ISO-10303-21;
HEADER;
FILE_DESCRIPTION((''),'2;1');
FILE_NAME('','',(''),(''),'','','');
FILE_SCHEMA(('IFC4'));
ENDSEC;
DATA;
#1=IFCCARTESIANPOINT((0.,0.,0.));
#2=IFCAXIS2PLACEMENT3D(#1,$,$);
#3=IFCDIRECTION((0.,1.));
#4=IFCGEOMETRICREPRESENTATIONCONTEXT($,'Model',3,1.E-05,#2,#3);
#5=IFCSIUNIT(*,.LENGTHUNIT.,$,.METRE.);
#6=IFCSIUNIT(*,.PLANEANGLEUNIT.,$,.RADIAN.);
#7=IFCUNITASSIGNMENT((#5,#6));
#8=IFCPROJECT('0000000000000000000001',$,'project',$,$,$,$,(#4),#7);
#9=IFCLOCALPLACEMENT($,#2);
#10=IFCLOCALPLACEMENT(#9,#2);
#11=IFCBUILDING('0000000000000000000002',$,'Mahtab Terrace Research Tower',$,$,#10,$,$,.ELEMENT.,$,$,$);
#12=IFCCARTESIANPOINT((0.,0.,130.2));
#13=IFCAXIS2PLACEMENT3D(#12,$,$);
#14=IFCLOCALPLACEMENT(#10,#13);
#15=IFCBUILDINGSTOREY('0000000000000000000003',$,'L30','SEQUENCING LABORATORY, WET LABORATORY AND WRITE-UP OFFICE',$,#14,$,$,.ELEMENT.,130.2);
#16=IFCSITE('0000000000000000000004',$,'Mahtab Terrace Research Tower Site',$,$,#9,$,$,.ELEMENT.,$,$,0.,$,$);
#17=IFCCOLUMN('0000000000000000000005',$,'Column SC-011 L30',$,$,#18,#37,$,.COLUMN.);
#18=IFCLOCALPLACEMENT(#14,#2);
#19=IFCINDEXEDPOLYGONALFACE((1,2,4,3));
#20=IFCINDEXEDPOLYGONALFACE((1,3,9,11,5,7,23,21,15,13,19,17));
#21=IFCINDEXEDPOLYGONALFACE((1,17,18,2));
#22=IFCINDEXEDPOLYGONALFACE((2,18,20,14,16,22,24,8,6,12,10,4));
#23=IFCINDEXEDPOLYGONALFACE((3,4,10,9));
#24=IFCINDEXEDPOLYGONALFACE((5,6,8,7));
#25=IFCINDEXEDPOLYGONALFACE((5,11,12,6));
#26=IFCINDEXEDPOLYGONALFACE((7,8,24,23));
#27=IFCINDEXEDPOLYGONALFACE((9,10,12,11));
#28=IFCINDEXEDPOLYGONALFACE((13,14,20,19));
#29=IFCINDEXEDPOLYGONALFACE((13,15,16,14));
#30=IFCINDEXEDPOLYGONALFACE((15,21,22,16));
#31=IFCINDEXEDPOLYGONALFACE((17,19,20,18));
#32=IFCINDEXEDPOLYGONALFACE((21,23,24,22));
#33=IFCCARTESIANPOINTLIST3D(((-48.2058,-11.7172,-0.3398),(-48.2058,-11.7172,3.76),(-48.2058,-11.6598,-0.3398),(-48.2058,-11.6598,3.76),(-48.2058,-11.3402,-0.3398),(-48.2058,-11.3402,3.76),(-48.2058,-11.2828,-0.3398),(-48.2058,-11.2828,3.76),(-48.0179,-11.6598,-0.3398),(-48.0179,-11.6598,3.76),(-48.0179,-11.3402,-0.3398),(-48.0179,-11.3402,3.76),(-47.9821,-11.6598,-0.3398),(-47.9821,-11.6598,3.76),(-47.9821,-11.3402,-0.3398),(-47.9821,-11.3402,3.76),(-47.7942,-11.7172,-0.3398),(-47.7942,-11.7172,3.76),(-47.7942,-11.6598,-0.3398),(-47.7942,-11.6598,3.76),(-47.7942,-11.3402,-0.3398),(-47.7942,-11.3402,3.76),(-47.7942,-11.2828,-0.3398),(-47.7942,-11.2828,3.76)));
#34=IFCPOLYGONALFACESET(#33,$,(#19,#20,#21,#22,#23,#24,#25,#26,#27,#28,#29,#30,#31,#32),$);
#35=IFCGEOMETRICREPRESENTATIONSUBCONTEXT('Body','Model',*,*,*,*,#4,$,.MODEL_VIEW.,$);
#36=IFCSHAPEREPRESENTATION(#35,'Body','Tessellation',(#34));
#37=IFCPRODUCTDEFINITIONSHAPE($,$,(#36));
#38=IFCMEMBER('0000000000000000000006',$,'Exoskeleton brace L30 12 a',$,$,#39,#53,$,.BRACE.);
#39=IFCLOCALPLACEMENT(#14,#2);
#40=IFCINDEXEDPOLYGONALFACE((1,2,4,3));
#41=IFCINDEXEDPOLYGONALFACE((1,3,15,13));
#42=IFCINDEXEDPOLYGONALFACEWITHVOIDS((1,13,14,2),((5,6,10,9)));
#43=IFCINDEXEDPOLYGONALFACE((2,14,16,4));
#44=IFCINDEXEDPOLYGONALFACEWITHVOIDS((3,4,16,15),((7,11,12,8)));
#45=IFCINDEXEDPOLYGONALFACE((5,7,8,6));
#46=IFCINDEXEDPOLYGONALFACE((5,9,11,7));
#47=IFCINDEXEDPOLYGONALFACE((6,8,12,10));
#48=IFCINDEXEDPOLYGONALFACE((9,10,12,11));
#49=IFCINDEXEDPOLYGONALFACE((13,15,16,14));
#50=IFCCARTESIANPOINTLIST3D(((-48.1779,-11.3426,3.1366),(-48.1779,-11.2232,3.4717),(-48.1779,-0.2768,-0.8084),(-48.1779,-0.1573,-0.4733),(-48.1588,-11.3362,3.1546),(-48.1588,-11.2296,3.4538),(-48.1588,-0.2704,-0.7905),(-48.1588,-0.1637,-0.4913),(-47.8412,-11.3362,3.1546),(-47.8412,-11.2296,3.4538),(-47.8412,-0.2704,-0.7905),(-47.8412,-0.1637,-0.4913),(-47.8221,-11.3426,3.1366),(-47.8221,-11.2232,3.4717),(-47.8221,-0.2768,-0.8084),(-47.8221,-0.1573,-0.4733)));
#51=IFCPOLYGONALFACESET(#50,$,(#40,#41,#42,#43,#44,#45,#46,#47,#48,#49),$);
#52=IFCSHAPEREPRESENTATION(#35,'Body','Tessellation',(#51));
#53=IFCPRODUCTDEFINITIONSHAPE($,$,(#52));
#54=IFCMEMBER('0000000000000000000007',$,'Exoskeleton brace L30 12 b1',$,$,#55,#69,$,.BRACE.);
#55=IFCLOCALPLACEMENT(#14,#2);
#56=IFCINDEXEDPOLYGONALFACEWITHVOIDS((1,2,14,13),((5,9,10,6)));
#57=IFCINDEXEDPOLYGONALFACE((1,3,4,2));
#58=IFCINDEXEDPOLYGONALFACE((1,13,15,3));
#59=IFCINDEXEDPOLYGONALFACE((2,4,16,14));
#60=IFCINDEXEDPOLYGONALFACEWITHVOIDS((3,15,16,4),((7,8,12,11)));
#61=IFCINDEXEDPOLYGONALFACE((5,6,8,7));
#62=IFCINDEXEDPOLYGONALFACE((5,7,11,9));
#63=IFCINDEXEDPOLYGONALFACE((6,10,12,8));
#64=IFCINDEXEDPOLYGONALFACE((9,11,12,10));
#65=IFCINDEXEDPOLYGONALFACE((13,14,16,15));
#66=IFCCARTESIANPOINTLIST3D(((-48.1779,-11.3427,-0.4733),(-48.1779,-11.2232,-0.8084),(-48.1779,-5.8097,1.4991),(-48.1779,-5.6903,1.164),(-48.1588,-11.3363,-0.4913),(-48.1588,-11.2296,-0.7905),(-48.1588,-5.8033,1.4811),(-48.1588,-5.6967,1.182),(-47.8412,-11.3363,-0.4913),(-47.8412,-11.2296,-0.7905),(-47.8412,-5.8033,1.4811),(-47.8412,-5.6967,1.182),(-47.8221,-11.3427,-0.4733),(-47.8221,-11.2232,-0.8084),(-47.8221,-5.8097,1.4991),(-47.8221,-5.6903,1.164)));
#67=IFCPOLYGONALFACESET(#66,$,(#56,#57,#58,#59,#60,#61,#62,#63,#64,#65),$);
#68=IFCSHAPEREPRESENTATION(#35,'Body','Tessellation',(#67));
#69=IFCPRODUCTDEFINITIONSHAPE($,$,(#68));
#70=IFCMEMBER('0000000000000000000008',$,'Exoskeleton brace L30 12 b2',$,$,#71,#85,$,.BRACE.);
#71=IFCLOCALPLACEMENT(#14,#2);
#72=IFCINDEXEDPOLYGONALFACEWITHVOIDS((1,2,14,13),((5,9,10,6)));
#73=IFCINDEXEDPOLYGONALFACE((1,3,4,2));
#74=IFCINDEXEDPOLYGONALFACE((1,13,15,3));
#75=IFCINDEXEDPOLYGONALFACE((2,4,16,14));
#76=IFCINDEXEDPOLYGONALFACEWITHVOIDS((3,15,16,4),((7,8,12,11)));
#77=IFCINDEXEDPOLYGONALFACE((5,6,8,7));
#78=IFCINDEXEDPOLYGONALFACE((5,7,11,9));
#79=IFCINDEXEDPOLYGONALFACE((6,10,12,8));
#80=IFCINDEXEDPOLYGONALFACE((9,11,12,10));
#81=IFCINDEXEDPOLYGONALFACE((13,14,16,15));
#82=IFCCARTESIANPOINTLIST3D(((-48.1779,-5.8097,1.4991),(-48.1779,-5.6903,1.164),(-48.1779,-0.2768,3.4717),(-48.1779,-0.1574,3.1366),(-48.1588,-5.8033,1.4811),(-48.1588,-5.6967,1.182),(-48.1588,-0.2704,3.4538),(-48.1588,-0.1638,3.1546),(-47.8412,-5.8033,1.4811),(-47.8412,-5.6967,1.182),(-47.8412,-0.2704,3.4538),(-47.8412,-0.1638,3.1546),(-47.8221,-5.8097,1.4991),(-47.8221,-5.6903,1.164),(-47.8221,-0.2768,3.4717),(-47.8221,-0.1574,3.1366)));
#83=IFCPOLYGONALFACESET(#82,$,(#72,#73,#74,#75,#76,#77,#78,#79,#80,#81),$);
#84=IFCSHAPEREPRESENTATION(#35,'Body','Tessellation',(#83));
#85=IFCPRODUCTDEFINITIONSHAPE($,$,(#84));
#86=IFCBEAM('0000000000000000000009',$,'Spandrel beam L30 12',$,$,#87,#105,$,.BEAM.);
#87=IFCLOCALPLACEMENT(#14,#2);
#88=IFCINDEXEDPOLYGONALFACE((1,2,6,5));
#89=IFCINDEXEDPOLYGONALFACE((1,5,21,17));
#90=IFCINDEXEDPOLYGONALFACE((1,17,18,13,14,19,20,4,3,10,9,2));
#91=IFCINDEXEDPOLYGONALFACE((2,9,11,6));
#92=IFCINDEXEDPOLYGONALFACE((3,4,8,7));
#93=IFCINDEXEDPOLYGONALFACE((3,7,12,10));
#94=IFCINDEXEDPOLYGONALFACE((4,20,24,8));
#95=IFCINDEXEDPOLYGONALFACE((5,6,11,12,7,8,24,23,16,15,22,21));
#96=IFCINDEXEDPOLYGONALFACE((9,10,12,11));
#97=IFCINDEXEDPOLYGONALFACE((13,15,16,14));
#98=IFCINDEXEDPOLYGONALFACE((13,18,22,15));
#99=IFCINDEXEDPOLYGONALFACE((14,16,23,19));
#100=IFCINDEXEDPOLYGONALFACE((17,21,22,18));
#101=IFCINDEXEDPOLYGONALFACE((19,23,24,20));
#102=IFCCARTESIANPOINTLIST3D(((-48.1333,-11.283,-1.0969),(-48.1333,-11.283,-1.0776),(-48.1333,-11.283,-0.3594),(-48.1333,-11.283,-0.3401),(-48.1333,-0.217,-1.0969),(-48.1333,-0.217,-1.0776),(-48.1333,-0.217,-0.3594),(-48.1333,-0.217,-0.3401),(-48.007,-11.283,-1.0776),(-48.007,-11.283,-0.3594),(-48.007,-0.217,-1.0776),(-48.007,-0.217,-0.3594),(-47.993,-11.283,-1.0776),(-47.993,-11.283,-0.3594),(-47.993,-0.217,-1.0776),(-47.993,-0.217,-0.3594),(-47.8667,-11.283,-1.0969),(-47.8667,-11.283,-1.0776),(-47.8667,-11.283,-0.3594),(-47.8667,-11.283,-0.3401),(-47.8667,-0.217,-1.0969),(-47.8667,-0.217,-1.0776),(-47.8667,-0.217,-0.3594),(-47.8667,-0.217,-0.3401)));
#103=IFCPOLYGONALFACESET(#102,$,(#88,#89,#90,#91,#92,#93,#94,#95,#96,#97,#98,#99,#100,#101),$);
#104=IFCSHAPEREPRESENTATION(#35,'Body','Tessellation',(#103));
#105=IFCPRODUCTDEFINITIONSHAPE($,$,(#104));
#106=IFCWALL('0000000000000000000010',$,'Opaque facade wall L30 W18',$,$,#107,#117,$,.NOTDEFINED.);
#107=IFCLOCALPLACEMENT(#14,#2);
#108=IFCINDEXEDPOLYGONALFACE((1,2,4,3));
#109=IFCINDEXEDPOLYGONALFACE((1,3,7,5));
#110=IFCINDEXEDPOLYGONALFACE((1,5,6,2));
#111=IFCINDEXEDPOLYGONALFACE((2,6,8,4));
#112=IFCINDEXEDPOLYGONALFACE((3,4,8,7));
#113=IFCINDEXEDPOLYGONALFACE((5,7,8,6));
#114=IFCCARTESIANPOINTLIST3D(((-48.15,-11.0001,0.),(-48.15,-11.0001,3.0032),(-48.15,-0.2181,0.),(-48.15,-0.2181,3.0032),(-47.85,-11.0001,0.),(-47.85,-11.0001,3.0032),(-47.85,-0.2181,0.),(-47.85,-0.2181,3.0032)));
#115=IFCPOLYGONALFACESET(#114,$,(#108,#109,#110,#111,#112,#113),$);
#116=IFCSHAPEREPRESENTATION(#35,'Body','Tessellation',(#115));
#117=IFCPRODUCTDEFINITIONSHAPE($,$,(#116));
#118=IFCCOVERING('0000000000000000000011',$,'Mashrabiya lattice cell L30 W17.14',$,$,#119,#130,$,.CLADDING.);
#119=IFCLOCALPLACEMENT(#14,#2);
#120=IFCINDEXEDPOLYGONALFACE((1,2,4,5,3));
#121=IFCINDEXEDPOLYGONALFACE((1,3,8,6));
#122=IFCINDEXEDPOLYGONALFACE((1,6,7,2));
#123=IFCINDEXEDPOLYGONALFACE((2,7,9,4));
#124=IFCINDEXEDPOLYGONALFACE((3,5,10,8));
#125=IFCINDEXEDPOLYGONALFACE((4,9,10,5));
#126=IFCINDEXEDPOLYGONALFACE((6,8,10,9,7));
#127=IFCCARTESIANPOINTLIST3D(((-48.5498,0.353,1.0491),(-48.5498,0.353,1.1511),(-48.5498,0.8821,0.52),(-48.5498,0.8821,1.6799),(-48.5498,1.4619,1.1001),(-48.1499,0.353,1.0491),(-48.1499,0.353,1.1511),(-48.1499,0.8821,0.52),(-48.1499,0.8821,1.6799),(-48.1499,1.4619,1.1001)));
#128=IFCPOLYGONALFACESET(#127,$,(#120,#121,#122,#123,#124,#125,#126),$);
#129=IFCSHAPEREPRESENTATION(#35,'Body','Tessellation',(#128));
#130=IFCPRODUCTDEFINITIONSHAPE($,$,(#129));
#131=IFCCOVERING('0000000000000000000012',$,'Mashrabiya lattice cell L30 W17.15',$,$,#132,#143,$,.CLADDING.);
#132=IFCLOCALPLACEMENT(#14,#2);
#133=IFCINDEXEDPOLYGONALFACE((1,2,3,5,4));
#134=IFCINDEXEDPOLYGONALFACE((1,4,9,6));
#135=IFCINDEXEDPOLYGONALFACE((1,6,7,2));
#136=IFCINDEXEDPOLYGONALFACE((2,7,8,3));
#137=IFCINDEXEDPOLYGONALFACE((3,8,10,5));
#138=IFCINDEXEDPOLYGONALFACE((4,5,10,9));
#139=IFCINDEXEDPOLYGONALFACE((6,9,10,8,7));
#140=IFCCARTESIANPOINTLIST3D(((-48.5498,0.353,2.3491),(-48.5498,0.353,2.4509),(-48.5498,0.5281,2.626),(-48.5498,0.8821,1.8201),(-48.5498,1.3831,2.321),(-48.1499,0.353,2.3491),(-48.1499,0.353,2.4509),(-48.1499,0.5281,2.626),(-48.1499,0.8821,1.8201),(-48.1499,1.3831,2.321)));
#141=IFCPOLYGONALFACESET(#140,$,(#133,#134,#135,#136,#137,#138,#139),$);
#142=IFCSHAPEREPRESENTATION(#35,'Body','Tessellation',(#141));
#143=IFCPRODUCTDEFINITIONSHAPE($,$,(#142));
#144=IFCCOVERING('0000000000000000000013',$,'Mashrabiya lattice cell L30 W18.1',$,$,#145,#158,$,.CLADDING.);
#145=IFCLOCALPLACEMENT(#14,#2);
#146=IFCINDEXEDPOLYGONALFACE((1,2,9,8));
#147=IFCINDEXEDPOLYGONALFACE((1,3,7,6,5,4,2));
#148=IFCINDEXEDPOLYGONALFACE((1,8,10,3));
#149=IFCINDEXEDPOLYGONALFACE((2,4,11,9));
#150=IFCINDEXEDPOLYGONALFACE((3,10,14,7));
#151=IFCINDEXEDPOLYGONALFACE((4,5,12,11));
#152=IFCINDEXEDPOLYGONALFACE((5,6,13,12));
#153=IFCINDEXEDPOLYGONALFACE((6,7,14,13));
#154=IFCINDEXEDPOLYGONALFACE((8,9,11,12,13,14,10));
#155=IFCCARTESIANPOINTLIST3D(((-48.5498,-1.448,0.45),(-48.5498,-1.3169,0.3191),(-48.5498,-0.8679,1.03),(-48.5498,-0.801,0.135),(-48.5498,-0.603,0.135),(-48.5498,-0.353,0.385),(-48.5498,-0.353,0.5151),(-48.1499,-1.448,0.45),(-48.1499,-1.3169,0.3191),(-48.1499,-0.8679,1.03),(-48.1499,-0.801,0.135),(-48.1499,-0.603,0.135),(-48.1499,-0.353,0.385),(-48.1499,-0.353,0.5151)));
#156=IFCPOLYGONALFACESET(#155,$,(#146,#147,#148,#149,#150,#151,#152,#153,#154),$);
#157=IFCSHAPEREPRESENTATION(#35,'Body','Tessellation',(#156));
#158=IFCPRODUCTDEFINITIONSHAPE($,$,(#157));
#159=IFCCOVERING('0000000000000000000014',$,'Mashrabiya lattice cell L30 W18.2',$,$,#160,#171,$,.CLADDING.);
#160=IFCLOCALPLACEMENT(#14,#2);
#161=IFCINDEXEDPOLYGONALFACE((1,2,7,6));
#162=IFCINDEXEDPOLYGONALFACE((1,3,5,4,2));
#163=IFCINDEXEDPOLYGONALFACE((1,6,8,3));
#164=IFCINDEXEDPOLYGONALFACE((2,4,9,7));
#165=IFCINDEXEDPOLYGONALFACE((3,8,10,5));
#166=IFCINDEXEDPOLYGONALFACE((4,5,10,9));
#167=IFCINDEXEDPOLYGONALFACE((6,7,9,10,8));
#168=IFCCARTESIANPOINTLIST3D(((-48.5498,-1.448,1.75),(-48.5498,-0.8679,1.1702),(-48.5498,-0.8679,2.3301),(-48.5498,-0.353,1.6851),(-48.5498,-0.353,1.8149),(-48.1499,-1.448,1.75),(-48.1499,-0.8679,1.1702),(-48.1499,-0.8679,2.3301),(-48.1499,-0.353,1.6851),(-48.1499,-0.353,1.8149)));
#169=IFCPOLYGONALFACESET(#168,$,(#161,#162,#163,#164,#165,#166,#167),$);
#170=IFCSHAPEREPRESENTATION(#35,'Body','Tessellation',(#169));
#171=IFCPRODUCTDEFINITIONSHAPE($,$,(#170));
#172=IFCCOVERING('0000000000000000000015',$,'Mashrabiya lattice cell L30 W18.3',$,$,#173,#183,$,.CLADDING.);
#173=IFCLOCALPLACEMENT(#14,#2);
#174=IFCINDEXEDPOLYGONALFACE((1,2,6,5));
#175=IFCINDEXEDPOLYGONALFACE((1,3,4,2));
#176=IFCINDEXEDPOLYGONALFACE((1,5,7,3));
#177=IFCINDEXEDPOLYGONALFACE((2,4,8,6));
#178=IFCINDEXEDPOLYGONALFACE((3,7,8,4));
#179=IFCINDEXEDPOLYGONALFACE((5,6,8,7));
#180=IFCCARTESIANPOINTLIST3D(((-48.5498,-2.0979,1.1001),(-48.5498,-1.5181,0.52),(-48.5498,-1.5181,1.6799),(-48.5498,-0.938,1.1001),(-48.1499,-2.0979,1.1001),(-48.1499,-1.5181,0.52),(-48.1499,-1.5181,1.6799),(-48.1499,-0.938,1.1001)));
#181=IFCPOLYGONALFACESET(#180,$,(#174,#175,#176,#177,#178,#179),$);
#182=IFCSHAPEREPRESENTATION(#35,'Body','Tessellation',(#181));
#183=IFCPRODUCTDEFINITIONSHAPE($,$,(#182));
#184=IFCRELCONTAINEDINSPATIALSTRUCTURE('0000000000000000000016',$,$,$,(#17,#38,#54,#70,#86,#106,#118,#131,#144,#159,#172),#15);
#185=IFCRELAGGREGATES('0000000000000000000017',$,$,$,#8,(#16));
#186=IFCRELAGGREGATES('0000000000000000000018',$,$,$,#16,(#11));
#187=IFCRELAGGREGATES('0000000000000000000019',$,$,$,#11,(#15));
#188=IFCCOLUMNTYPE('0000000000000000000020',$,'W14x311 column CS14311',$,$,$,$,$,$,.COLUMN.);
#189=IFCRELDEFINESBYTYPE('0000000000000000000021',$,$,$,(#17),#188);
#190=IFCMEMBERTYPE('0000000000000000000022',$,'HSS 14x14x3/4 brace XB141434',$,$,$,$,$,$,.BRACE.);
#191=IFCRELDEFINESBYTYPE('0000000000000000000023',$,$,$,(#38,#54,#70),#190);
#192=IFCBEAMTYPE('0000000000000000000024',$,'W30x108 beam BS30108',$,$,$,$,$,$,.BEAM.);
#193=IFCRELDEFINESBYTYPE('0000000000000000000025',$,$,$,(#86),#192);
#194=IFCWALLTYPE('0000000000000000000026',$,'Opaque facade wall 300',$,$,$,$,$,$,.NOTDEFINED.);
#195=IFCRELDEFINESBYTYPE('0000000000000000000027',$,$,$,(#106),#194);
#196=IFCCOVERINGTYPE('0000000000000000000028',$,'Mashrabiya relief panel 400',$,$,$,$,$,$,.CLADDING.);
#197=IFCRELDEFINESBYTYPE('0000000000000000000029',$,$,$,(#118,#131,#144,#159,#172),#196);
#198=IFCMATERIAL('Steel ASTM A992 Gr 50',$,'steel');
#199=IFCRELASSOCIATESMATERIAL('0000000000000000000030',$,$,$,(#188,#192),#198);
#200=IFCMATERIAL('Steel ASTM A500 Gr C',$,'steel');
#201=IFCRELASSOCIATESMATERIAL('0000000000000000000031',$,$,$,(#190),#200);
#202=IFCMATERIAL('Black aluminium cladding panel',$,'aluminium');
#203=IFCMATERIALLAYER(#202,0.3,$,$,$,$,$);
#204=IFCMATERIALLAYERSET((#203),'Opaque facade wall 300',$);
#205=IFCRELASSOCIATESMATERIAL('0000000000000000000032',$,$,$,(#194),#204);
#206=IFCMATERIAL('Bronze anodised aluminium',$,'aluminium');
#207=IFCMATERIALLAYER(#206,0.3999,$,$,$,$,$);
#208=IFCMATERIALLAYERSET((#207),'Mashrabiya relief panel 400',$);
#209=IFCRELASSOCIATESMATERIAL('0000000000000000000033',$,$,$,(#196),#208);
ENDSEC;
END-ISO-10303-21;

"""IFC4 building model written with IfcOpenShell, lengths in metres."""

from ifc_helpers import new_model, si_unit, direction, frame, frame_2d, origin, origin_2d, place, context, subcontext, project, spatial, polyline, rectangle, hollow_rectangle, i_section, outline, extrude, material, layer, layer_set, material_profile, profile_set, type_object, element, save


model = new_model("IFC4")

# Units and contexts
model_context = context("Model", 3, precision=1e-05, world=origin(), true_north=direction((0.0, 1.0)))
body_context = subcontext(model_context, "Body", "Model", "MODEL_VIEW")
ifc_project = project(units=[si_unit("LENGTHUNIT", "METRE"), si_unit("PLANEANGLEUNIT", "RADIAN")], contexts=[model_context])

# Site, building, storey
site_placement = place(None, origin())
site = spatial("IfcSite", under=ifc_project, at=site_placement, Name="Mahtab Terrace Research Tower Site", CompositionType="ELEMENT", RefElevation=0.0)
building_placement = place(site_placement, origin())
building = spatial("IfcBuilding", under=site, at=building_placement, Name="Mahtab Terrace Research Tower", CompositionType="ELEMENT")
storey_placement = place(building_placement, frame((0.0, 0.0, 130.2)))
storey = spatial("IfcBuildingStorey", under=building, at=storey_placement, Name="L30", Description="SEQUENCING LABORATORY, WET LABORATORY AND WRITE-UP OFFICE", CompositionType="ELEMENT", Elevation=130.2)

# Column
ifc_material_1 = material(Name="Steel ASTM A992 Gr 50", Category="steel")
ifc_material_profile_1 = material_profile(ifc_material_1, i_section(OverallWidth=0.4116, OverallDepth=0.4343, WebThickness=0.0359, FlangeThickness=0.0574, at=origin_2d()), Name="W14X311")
ifc_profile_set_1 = profile_set([ifc_material_profile_1], Name="Steel ASTM A992 Gr 50")
column_type = type_object("IfcColumnType", Name="W14x311 column CS14311", PredefinedType="COLUMN", material=ifc_profile_set_1)
column_placement = place(storey_placement, frame((-48.0, -11.5, -0.3398), z_axis=(0.0, 0.0, 1.0), x_axis=(1.0, 0.0, 0.0)))
element("IfcColumn", 1, at=column_placement, inside=storey, type_object=column_type, Name="Column SC-011 L30", PredefinedType="COLUMN", context=body_context, shape_type="SweptSolid", body=[
    extrude(i_section(OverallWidth=0.4116, OverallDepth=0.4343, WebThickness=0.0359, FlangeThickness=0.0574, at=origin_2d()), origin(), (0.0, 0.0, 1.0), 4.0999),
])

# Members
ifc_material_2 = material(Name="Steel ASTM A500 Gr C", Category="steel")
ifc_material_profile_2 = material_profile(ifc_material_2, hollow_rectangle(XDim=0.3557, YDim=0.3557, WallThickness=0.019, at=origin_2d()), Name="HSS14X14X3/4")
ifc_profile_set_2 = profile_set([ifc_material_profile_2], Name="Steel ASTM A500 Gr C")
member_type = type_object("IfcMemberType", Name="HSS 14x14x3/4 brace XB141434", PredefinedType="BRACE", material=ifc_profile_set_2)
member_placement = place(storey_placement, frame((-48.0, -0.217, -0.6409), z_axis=(0.0, -0.941932, 0.335804), x_axis=(1.0, 0.0, 0.0)))
element("IfcMember", 2, at=member_placement, inside=storey, type_object=member_type, Name="Exoskeleton brace L30 12 a", PredefinedType="BRACE", context=body_context, shape_type="SweptSolid", body=[
    extrude(hollow_rectangle(XDim=0.3557, YDim=0.3557, WallThickness=0.019, at=origin_2d()), origin(), (0.0, 0.0, 1.0), 11.748),
])
for number, where, z_axis, x_axis, name in (
    (3, (-48.0, -11.283, -0.6409), (0.0, 0.941938, 0.335786), (-1.0, 0.0, 0.0), "Exoskeleton brace L30 12 b1"),
    (4, (-48.0, -5.75, 1.3315), (0.0, 0.941925, 0.335823), (-1.0, 0.0, 0.0), "Exoskeleton brace L30 12 b2"),
):
    element("IfcMember", number, at=place(storey_placement, frame(where, z_axis=z_axis, x_axis=x_axis)), inside=storey, type_object=member_type, Name=name, PredefinedType="BRACE", context=body_context, shape_type="SweptSolid", body=[
        extrude(hollow_rectangle(XDim=0.3557, YDim=0.3557, WallThickness=0.019, at=origin_2d()), origin(), (0.0, 0.0, 1.0), 5.874),
    ])

# Beam
ifc_material_profile_3 = material_profile(ifc_material_1, i_section(OverallWidth=0.2666, OverallDepth=0.7568, WebThickness=0.0139, FlangeThickness=0.0193, at=origin_2d()), Name="W30X108")
ifc_profile_set_3 = profile_set([ifc_material_profile_3], Name="Steel ASTM A992 Gr 50")
beam_type = type_object("IfcBeamType", Name="W30x108 beam BS30108", PredefinedType="BEAM", material=ifc_profile_set_3)
beam_placement = place(storey_placement, frame((-48.0, -0.217, -0.7185), z_axis=(0.0, -1.0, 0.0), x_axis=(1.0, 0.0, 0.0)))
element("IfcBeam", 5, at=beam_placement, inside=storey, type_object=beam_type, Name="Spandrel beam L30 12", PredefinedType="BEAM", context=body_context, shape_type="SweptSolid", body=[
    extrude(i_section(OverallWidth=0.2666, OverallDepth=0.7568, WebThickness=0.0139, FlangeThickness=0.0193, at=origin_2d()), origin(), (0.0, 0.0, 1.0), 11.0659),
])

# Wall
ifc_material_3 = material(Name="Black aluminium cladding panel", Category="aluminium")
ifc_layer_1 = layer(ifc_material_3, 0.3)
ifc_layer_set_1 = layer_set([ifc_layer_1], Name="Opaque facade wall 300")
wall_type = type_object("IfcWallType", Name="Opaque facade wall 300", PredefinedType="NOTDEFINED", material=ifc_layer_set_1)
wall_placement = place(storey_placement, frame((-48.0, -0.218, 0.0), z_axis=(0.0, 0.0, 1.0), x_axis=(0.0, -1.0, 0.0)))
element("IfcWall", 6, at=wall_placement, inside=storey, type_object=wall_type, Name="Opaque facade wall L30 W18", PredefinedType="NOTDEFINED", context=body_context, shape_type="SweptSolid", body=[
    extrude(rectangle(XDim=10.782, YDim=0.3, at=frame_2d((5.3911, 0.0))), origin(), (0.0, 0.0, 1.0), 3.0032),
])

# Coverings
ifc_material_4 = material(Name="Bronze anodised aluminium", Category="aluminium")
ifc_layer_2 = layer(ifc_material_4, 0.3999)
ifc_layer_set_2 = layer_set([ifc_layer_2], Name="Mashrabiya relief panel 400")
covering_type = type_object("IfcCoveringType", Name="Mashrabiya relief panel 400", PredefinedType="CLADDING", material=ifc_layer_set_2)
covering_1_placement = place(storey_placement, frame((-48.1499, 0.8821, 0.52), z_axis=(1.0, 0.0, 0.0), x_axis=(0.0, 0.706958, 0.707256)))
element("IfcCovering", 7, at=covering_1_placement, inside=storey, type_object=covering_type, Name="Mashrabiya lattice cell L30 W17.14", PredefinedType="CLADDING", context=body_context, shape_type="SweptSolid", body=[
    extrude(outline(polyline([(0.0, 0.0), (0.8202, 0.0), (0.8204, 0.82), (0.0723, 0.8203), (0.0002, 0.7482), (0.0, 0.0)])), origin(), (0.0, 0.0, -1.0), 0.3999),
])
covering_2_placement = place(storey_placement, frame((-48.1499, 0.8821, 1.8201), z_axis=(1.0, 0.0, 0.0), x_axis=(0.0, 0.707107, 0.707107)))
element("IfcCovering", 8, at=covering_2_placement, inside=storey, type_object=covering_type, Name="Mashrabiya lattice cell L30 W17.15", PredefinedType="CLADDING", context=body_context, shape_type="SweptSolid", body=[
    extrude(outline(polyline([(0.0, 0.0), (0.7085, 0.0), (0.3195, 0.8202), (0.072, 0.8202), (0.0, 0.7482), (0.0, 0.0)])), origin(), (0.0, 0.0, -1.0), 0.3999),
])
covering_3_placement = place(storey_placement, frame((-48.1499, -0.353, 0.385), z_axis=(1.0, 0.0, 0.0), x_axis=(0.0, 0.0, 1.0)))
element("IfcCovering", 9, at=covering_3_placement, inside=storey, type_object=covering_type, Name="Mashrabiya lattice cell L30 W18.1", PredefinedType="CLADDING", context=body_context, shape_type="SweptSolid", body=[
    extrude(outline(polyline([(0.0, 0.0), (0.1301, 0.0), (0.645, 0.5149), (0.0649, 1.095), (-0.0659, 0.9639), (-0.25, 0.448), (-0.25, 0.25), (0.0, 0.0)])), origin(), (0.0, 0.0, -1.0), 0.3999),
])
covering_4_placement = place(storey_placement, frame((-48.1499, -0.8679, 2.3301), z_axis=(1.0, 0.0, 0.0), x_axis=(0.0, -0.707107, -0.707107)))
element("IfcCovering", 10, at=covering_4_placement, inside=storey, type_object=covering_type, Name="Mashrabiya lattice cell L30 W18.2", PredefinedType="CLADDING", context=body_context, shape_type="SweptSolid", body=[
    extrude(outline(polyline([(0.0, 0.0), (0.8204, 0.0), (0.8202, 0.8202), (0.092, 0.8202), (0.0002, 0.7283), (0.0, 0.0)])), origin(), (0.0, 0.0, -1.0), 0.3999),
])
covering_5_placement = place(storey_placement, frame((-48.1499, -1.5181, 1.6799), z_axis=(1.0, 0.0, 0.0), x_axis=(0.0, -0.707107, -0.707107)))
element("IfcCovering", 11, at=covering_5_placement, inside=storey, type_object=covering_type, Name="Mashrabiya lattice cell L30 W18.3", PredefinedType="CLADDING", context=body_context, shape_type="SweptSolid", body=[
    extrude(outline(polyline([(0.0, 0.0), (0.82, 0.0), (0.8202, 0.8202), (-0.0002, 0.8202), (0.0, 0.0)])), origin(), (0.0, 0.0, -1.0), 0.3999),
])

save(model, "model.ifc")
